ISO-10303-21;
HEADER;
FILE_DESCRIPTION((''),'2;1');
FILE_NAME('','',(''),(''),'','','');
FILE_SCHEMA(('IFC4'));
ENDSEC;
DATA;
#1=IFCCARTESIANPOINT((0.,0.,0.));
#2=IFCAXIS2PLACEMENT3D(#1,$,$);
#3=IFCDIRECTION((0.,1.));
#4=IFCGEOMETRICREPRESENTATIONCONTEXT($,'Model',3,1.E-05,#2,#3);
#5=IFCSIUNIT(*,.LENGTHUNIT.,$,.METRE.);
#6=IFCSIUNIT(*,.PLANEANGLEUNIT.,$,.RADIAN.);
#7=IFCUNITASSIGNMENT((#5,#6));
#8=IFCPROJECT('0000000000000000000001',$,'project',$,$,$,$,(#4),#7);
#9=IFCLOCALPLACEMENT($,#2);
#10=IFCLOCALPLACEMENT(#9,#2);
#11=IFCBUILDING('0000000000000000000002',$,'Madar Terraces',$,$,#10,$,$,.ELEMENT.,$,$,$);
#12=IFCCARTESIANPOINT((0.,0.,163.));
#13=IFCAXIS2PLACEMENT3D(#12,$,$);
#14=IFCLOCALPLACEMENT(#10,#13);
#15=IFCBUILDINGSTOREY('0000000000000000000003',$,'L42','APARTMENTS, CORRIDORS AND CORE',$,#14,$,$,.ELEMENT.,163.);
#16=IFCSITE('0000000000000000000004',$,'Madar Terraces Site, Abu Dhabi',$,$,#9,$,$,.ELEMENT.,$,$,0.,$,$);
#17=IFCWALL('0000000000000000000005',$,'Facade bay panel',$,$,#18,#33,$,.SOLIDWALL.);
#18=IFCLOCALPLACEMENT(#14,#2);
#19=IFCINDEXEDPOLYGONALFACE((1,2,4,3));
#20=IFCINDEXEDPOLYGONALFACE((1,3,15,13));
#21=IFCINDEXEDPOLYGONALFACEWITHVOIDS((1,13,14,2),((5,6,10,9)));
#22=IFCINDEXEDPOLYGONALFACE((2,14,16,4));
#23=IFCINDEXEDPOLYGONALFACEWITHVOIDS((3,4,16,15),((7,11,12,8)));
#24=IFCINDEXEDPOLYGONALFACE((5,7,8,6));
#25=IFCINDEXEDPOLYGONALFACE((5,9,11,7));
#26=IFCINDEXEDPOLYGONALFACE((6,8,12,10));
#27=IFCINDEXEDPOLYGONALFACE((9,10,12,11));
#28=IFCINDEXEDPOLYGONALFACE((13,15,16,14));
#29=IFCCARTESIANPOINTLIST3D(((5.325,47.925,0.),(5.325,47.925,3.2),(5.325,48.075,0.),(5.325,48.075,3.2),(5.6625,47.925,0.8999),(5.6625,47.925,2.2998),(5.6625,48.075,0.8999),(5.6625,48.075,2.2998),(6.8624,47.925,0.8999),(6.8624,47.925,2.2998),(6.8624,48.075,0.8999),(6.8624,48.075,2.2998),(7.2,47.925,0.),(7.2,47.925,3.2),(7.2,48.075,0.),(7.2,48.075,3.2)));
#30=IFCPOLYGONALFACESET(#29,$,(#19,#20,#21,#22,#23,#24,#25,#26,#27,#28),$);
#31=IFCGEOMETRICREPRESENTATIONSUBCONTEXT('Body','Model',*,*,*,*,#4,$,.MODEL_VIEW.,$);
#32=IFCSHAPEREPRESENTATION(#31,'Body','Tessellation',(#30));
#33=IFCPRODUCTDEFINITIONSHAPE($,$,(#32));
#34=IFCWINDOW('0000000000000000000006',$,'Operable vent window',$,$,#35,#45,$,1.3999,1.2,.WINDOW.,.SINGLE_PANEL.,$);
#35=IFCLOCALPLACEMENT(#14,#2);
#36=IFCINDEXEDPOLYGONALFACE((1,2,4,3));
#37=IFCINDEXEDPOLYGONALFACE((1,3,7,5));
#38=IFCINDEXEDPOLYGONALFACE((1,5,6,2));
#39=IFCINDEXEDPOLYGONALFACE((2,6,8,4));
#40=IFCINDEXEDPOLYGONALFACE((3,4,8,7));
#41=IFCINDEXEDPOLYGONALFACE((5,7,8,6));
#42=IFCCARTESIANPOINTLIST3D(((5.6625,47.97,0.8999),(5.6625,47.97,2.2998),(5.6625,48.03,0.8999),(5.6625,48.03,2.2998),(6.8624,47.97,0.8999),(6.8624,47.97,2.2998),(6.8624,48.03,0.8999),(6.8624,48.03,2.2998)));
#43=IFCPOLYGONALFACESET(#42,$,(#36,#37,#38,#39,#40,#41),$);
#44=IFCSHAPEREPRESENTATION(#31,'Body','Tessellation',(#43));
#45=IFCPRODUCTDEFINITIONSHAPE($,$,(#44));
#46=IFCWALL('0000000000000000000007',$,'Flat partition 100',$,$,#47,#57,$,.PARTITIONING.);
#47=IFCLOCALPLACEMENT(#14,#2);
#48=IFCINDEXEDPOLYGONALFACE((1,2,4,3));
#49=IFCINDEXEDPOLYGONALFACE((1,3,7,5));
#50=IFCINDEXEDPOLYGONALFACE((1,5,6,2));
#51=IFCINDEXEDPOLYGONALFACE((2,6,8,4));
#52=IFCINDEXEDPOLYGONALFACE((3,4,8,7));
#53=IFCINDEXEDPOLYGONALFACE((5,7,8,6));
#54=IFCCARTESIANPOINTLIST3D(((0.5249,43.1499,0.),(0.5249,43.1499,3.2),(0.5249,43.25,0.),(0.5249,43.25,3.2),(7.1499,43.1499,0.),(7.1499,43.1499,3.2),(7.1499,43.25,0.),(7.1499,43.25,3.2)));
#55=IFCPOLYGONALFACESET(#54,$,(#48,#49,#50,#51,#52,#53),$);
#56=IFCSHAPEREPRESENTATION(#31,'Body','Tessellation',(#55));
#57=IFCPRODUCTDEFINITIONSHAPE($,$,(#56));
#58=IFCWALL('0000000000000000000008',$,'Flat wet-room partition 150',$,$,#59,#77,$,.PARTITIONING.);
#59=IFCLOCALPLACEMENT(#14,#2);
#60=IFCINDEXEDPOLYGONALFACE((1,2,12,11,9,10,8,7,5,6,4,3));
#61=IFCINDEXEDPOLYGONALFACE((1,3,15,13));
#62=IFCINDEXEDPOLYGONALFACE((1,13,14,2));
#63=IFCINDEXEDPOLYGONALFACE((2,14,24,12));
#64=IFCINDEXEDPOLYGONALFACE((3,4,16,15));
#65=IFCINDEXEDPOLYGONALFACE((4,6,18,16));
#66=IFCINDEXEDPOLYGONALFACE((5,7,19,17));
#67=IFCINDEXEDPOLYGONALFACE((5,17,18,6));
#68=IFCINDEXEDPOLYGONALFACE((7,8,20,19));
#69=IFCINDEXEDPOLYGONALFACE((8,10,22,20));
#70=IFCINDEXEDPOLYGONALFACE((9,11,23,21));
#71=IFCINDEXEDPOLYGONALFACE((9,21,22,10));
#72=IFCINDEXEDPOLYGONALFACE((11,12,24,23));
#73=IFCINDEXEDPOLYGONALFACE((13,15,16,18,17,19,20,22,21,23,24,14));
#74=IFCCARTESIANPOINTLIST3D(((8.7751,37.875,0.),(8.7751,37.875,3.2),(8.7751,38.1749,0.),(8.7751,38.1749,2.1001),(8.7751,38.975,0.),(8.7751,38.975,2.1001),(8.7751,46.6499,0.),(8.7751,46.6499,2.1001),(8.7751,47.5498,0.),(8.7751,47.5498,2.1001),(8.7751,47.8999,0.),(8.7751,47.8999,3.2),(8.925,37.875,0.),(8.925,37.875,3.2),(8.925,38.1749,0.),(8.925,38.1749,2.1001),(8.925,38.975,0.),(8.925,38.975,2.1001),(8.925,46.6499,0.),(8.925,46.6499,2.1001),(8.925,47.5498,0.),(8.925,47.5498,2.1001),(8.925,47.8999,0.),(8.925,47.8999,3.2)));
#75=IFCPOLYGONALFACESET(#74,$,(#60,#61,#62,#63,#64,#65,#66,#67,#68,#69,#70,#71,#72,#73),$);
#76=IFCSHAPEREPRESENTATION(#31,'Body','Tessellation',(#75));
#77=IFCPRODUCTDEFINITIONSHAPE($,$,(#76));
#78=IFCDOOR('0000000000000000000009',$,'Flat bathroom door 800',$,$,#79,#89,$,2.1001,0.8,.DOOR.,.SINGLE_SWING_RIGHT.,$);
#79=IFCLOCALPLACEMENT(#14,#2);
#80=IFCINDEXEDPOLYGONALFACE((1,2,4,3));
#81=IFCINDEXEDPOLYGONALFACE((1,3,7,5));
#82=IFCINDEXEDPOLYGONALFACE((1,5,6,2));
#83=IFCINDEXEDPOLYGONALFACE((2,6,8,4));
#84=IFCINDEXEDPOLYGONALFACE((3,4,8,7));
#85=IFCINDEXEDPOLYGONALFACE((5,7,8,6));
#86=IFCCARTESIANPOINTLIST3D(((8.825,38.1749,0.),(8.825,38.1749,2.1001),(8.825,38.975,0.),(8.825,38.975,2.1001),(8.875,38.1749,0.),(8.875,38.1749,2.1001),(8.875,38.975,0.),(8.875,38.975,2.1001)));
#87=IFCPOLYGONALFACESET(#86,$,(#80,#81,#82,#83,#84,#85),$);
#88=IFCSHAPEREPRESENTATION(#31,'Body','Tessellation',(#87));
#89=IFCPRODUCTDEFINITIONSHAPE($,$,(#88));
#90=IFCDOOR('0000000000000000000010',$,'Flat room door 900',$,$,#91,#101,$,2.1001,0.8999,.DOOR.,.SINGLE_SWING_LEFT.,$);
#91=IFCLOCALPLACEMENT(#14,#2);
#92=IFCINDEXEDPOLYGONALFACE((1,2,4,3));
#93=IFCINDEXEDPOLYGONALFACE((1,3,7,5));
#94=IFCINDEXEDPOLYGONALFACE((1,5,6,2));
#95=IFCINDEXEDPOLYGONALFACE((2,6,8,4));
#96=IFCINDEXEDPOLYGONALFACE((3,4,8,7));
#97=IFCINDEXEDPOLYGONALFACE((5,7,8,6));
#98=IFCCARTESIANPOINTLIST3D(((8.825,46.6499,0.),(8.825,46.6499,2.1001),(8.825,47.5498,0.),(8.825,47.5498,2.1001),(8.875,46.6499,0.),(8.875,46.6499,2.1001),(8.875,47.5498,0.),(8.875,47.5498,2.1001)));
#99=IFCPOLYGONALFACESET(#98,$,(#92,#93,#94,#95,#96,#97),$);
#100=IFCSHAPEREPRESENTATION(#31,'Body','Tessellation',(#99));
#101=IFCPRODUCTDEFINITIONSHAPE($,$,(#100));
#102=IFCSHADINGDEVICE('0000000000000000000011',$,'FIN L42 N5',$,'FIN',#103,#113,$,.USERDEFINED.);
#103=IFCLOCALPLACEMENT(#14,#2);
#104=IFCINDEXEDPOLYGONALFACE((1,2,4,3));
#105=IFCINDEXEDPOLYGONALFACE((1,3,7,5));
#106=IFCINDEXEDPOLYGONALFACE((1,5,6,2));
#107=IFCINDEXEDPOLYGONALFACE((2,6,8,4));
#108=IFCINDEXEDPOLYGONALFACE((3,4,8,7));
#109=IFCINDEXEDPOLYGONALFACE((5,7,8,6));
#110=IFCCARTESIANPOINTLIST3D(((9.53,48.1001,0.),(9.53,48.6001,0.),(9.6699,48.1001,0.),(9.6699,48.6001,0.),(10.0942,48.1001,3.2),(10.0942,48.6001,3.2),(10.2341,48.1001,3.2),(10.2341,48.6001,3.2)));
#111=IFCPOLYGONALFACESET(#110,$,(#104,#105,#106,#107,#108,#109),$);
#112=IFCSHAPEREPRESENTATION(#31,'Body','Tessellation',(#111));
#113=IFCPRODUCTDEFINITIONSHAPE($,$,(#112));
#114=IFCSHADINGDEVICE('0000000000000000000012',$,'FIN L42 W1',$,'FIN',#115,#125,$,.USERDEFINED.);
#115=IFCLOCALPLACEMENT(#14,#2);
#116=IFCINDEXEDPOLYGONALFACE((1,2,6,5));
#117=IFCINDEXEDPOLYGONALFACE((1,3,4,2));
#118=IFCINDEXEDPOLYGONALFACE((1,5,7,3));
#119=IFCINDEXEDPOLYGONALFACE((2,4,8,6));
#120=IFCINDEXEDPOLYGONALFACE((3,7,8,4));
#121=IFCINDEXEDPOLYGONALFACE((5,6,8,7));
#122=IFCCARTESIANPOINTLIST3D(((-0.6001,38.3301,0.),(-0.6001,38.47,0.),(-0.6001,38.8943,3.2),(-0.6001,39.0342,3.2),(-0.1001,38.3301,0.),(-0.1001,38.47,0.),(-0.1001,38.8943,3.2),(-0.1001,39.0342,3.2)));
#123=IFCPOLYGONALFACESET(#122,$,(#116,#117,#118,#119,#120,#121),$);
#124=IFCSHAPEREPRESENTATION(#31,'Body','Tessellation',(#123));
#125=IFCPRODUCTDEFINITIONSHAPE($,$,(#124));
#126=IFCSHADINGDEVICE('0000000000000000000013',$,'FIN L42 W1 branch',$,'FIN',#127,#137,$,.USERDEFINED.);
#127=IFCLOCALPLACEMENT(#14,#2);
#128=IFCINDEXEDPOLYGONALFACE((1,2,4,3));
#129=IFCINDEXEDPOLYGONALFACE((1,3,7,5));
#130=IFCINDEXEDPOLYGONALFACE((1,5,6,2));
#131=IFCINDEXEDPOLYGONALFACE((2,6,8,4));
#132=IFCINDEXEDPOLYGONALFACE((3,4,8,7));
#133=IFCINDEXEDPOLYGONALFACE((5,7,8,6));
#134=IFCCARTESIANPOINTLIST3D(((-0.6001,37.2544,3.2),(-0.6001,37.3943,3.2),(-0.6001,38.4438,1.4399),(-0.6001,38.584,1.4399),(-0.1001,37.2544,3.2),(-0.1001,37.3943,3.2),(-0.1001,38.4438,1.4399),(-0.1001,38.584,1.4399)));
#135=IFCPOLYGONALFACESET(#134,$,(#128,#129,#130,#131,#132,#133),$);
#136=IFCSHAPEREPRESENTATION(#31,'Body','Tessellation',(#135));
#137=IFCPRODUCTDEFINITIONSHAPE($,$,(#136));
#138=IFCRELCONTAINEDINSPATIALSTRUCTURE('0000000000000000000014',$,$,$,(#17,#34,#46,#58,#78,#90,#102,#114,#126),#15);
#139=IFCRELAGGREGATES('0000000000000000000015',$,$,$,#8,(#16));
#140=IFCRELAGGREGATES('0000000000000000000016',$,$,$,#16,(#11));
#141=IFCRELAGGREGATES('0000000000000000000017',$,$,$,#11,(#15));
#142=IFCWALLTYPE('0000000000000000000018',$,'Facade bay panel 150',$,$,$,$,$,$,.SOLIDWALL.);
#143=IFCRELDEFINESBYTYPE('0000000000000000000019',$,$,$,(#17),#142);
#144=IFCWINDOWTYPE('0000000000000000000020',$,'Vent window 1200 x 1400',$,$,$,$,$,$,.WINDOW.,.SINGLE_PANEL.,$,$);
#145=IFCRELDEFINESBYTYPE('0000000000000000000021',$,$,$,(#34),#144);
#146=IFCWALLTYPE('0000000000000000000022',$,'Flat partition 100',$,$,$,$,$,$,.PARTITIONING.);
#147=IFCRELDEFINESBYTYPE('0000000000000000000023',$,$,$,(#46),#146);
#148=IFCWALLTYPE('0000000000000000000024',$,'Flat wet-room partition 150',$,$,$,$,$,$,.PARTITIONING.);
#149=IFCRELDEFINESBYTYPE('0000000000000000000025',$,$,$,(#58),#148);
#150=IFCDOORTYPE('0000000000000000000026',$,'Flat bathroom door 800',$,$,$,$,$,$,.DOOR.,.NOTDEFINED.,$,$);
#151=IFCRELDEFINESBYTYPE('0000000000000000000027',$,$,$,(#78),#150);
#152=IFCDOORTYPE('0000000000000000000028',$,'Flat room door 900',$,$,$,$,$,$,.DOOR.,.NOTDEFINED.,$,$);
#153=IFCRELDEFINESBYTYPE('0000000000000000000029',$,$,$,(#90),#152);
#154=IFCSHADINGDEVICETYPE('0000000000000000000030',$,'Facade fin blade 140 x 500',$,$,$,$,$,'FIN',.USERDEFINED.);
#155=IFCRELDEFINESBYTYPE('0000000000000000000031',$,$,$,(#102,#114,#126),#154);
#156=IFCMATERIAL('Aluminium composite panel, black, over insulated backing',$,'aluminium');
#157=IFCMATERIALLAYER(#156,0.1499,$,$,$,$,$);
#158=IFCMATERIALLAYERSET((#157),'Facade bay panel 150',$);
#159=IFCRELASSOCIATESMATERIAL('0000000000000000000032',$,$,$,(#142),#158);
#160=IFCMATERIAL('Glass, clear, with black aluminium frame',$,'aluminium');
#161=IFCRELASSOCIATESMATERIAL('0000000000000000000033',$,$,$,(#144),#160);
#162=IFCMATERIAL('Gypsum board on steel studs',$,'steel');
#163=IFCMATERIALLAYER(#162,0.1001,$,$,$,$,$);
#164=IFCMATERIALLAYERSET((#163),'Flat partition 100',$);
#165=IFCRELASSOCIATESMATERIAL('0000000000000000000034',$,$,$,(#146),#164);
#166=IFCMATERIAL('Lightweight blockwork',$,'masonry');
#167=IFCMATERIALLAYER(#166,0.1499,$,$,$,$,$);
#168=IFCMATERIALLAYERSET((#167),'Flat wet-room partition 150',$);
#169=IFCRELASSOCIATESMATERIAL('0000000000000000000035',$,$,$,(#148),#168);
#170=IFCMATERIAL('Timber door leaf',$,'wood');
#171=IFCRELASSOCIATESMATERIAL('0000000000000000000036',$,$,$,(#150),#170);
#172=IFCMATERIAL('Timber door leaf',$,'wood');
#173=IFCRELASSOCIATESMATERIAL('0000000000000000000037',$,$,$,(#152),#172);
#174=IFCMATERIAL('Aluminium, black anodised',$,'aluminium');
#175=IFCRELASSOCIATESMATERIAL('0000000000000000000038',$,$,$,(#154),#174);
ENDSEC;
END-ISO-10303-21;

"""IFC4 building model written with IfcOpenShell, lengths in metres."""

from ifc_helpers import new_model, si_unit, direction, frame, frame_2d, origin, place, context, subcontext, project, spatial, polyline, rectangle, outline, extrude, material, layer, layer_set, type_object, element, fill, save


model = new_model("IFC4")

# Units and contexts
model_context = context("Model", 3, precision=1e-05, world=origin(), true_north=direction((0.0, 1.0)))
body_context = subcontext(model_context, "Body", "Model", "MODEL_VIEW")
ifc_project = project(units=[si_unit("LENGTHUNIT", "METRE"), si_unit("PLANEANGLEUNIT", "RADIAN")], contexts=[model_context])

# Site, building, storey
site_placement = place(None, origin())
site = spatial("IfcSite", under=ifc_project, at=site_placement, Name="Madar Terraces Site, Abu Dhabi", CompositionType="ELEMENT", RefElevation=0.0)
building_placement = place(site_placement, origin())
building = spatial("IfcBuilding", under=site, at=building_placement, Name="Madar Terraces", CompositionType="ELEMENT")
storey_placement = place(building_placement, frame((0.0, 0.0, 163.0)))
storey = spatial("IfcBuildingStorey", under=building, at=storey_placement, Name="L42", Description="APARTMENTS, CORRIDORS AND CORE", CompositionType="ELEMENT", Elevation=163.0)

# Wall, opening, window
ifc_material_1 = material(Name="Aluminium composite panel, black, over insulated backing", Category="aluminium")
ifc_layer_1 = layer(ifc_material_1, 0.1499)
ifc_layer_set_1 = layer_set([ifc_layer_1], Name="Facade bay panel 150")
wall_type_1 = type_object("IfcWallType", Name="Facade bay panel 150", PredefinedType="SOLIDWALL", material=ifc_layer_set_1)
wall_1_placement = place(storey_placement, frame((7.2, 48.0, 0.0), z_axis=(0.0, 0.0, 1.0), x_axis=(-1.0, 0.0, 0.0)))
wall_1 = element("IfcWall", 1, at=wall_1_placement, inside=storey, type_object=wall_type_1, Name="Facade bay panel", PredefinedType="SOLIDWALL", context=body_context, shape_type="SweptSolid", body=[
    extrude(rectangle(XDim=1.875, YDim=0.1499, at=frame_2d((0.9375, 0.0))), origin(), (0.0, 0.0, 1.0), 3.2),
])
opening_1_placement = place(wall_1_placement, frame((0.3374, 0.0, 0.8999)))
opening_1 = element("IfcOpeningElement", 2, at=opening_1_placement, cuts=wall_1, PredefinedType="OPENING", context=body_context, shape_type="SweptSolid", body=[
    extrude(rectangle(XDim=1.2, YDim=1.3999, at=frame_2d((0.6001, 0.7))), frame((0.0, 0.085, 0.0), z_axis=(0.0, -1.0, 0.0), x_axis=(1.0, 0.0, 0.0)), (0.0, 0.0, 1.0), 0.1699),
])
ifc_material_2 = material(Name="Glass, clear, with black aluminium frame", Category="aluminium")
window_type = type_object("IfcWindowType", Name="Vent window 1200 x 1400", PartitioningType="SINGLE_PANEL", PredefinedType="WINDOW", material=ifc_material_2)
window_placement = place(opening_1_placement, origin())
window = element("IfcWindow", 3, at=window_placement, inside=storey, type_object=window_type, Name="Operable vent window", OverallHeight=1.3999, OverallWidth=1.2, PartitioningType="SINGLE_PANEL", PredefinedType="WINDOW", context=body_context, shape_type="SweptSolid", body=[
    extrude(rectangle(XDim=1.2, YDim=1.3999, at=frame_2d((0.6001, 0.7))), frame((0.0, 0.03, 0.0), z_axis=(0.0, -1.0, 0.0), x_axis=(1.0, 0.0, 0.0)), (0.0, 0.0, 1.0), 0.0601),
])
fill(opening_1, window)

# Wall
ifc_material_3 = material(Name="Gypsum board on steel studs", Category="steel")
ifc_layer_2 = layer(ifc_material_3, 0.1001)
ifc_layer_set_2 = layer_set([ifc_layer_2], Name="Flat partition 100")
wall_type_2 = type_object("IfcWallType", Name="Flat partition 100", PredefinedType="PARTITIONING", material=ifc_layer_set_2)
wall_2_placement = place(storey_placement, frame((7.1499, 43.2, 0.0), z_axis=(0.0, 0.0, 1.0), x_axis=(-1.0, 0.0, 0.0)))
element("IfcWall", 4, at=wall_2_placement, inside=storey, type_object=wall_type_2, Name="Flat partition 100", PredefinedType="PARTITIONING", context=body_context, shape_type="SweptSolid", body=[
    extrude(rectangle(XDim=6.625, YDim=0.1001, at=frame_2d((3.3125, 0.0))), origin(), (0.0, 0.0, 1.0), 3.2),
])

# Wall, openings, doors
ifc_material_4 = material(Name="Lightweight blockwork", Category="masonry")
ifc_layer_3 = layer(ifc_material_4, 0.1499)
ifc_layer_set_3 = layer_set([ifc_layer_3], Name="Flat wet-room partition 150")
wall_type_3 = type_object("IfcWallType", Name="Flat wet-room partition 150", PredefinedType="PARTITIONING", material=ifc_layer_set_3)
wall_3_placement = place(storey_placement, frame((8.8501, 47.8999, 0.0), z_axis=(0.0, 0.0, 1.0), x_axis=(0.0, -1.0, 0.0)))
wall_3 = element("IfcWall", 5, at=wall_3_placement, inside=storey, type_object=wall_type_3, Name="Flat wet-room partition 150", PredefinedType="PARTITIONING", context=body_context, shape_type="SweptSolid", body=[
    extrude(rectangle(XDim=10.0249, YDim=0.1499, at=frame_2d((5.0125, 0.0))), origin(), (0.0, 0.0, 1.0), 3.2),
])
opening_2_placement = place(wall_3_placement, frame((8.925, 0.0, 0.0)))
opening_2 = element("IfcOpeningElement", 6, at=opening_2_placement, cuts=wall_3, PredefinedType="OPENING", context=body_context, shape_type="SweptSolid", body=[
    extrude(rectangle(XDim=0.8, YDim=2.1001, at=frame_2d((0.3999, 1.05))), frame((0.0, 0.085, 0.0), z_axis=(0.0, -1.0, 0.0), x_axis=(1.0, 0.0, 0.0)), (0.0, 0.0, 1.0), 0.1699),
])
opening_3_placement = place(wall_3_placement, frame((0.3501, 0.0, 0.0)))
opening_3 = element("IfcOpeningElement", 7, at=opening_3_placement, cuts=wall_3, PredefinedType="OPENING", context=body_context, shape_type="SweptSolid", body=[
    extrude(rectangle(XDim=0.8999, YDim=2.1001, at=frame_2d((0.45, 1.05))), frame((0.0, 0.085, 0.0), z_axis=(0.0, -1.0, 0.0), x_axis=(1.0, 0.0, 0.0)), (0.0, 0.0, 1.0), 0.1699),
])
ifc_material_5 = material(Name="Timber door leaf", Category="wood")
door_type_1 = type_object("IfcDoorType", Name="Flat bathroom door 800", OperationType="NOTDEFINED", PredefinedType="DOOR", material=ifc_material_5)
door_1_placement = place(opening_2_placement, origin())
door_1 = element("IfcDoor", 8, at=door_1_placement, inside=storey, type_object=door_type_1, Name="Flat bathroom door 800", OperationType="SINGLE_SWING_RIGHT", OverallHeight=2.1001, OverallWidth=0.8, PredefinedType="DOOR", context=body_context, shape_type="SweptSolid", body=[
    extrude(rectangle(XDim=0.8, YDim=2.1001, at=frame_2d((0.3999, 1.05))), frame((0.0, 0.0249, 0.0), z_axis=(0.0, -1.0, 0.0), x_axis=(1.0, 0.0, 0.0)), (0.0, 0.0, 1.0), 0.05),
])
fill(opening_2, door_1)
ifc_material_6 = material(Name="Timber door leaf", Category="wood")
door_type_2 = type_object("IfcDoorType", Name="Flat room door 900", OperationType="NOTDEFINED", PredefinedType="DOOR", material=ifc_material_6)
door_2_placement = place(opening_3_placement, origin())
door_2 = element("IfcDoor", 9, at=door_2_placement, inside=storey, type_object=door_type_2, Name="Flat room door 900", OperationType="SINGLE_SWING_LEFT", OverallHeight=2.1001, OverallWidth=0.8999, PredefinedType="DOOR", context=body_context, shape_type="SweptSolid", body=[
    extrude(rectangle(XDim=0.8999, YDim=2.1001, at=frame_2d((0.45, 1.05))), frame((0.0, 0.0249, 0.0), z_axis=(0.0, -1.0, 0.0), x_axis=(1.0, 0.0, 0.0)), (0.0, 0.0, 1.0), 0.05),
])
fill(opening_3, door_2)

# Shading devices
ifc_material_7 = material(Name="Aluminium, black anodised", Category="aluminium")
shading_device_type = type_object("IfcShadingDeviceType", Name="Facade fin blade 140 x 500", ElementType="FIN", PredefinedType="USERDEFINED", material=ifc_material_7)
for number, where, z_axis, x_axis, name in (
    (10, (9.6699, 48.3501, 0.0), (0.0, 0.0, 1.0), (-1.0, 0.0, 0.0), "FIN L42 N5"),
    (11, (-0.3501, 38.47, 0.0), (0.0, 0.0, 1.0), (0.0, -1.0, 0.0), "FIN L42 W1"),
):
    element("IfcShadingDevice", number, at=place(storey_placement, frame(where, z_axis=z_axis, x_axis=x_axis)), inside=storey, type_object=shading_device_type, Name=name, ObjectType="FIN", PredefinedType="USERDEFINED", context=body_context, shape_type="SweptSolid", body=[
        extrude(outline(polyline([(0.0, 0.0), (0.1399, 0.0), (-0.4243, 3.2), (-0.5642, 3.2), (0.0, 0.0)])), frame((0.0, 0.25, 0.0), z_axis=(0.0, -1.0, 0.0), x_axis=(1.0, 0.0, 0.0)), (0.0, 0.0, 1.0), 0.5),
    ])
shading_device_placement = place(storey_placement, frame((-0.3501, 38.584, 1.4399), z_axis=(0.0, 0.0, 1.0), x_axis=(0.0, -1.0, 0.0)))
element("IfcShadingDevice", 12, at=shading_device_placement, inside=storey, type_object=shading_device_type, Name="FIN L42 W1 branch", ObjectType="FIN", PredefinedType="USERDEFINED", context=body_context, shape_type="SweptSolid", body=[
    extrude(outline(polyline([(0.0, 0.0), (0.1401, 0.0), (1.3296, 1.76), (1.1897, 1.76), (0.0, 0.0)])), frame((0.0, 0.25, 0.0), z_axis=(0.0, -1.0, 0.0), x_axis=(1.0, 0.0, 0.0)), (0.0, 0.0, 1.0), 0.5),
])

save(model, "model.ifc")
